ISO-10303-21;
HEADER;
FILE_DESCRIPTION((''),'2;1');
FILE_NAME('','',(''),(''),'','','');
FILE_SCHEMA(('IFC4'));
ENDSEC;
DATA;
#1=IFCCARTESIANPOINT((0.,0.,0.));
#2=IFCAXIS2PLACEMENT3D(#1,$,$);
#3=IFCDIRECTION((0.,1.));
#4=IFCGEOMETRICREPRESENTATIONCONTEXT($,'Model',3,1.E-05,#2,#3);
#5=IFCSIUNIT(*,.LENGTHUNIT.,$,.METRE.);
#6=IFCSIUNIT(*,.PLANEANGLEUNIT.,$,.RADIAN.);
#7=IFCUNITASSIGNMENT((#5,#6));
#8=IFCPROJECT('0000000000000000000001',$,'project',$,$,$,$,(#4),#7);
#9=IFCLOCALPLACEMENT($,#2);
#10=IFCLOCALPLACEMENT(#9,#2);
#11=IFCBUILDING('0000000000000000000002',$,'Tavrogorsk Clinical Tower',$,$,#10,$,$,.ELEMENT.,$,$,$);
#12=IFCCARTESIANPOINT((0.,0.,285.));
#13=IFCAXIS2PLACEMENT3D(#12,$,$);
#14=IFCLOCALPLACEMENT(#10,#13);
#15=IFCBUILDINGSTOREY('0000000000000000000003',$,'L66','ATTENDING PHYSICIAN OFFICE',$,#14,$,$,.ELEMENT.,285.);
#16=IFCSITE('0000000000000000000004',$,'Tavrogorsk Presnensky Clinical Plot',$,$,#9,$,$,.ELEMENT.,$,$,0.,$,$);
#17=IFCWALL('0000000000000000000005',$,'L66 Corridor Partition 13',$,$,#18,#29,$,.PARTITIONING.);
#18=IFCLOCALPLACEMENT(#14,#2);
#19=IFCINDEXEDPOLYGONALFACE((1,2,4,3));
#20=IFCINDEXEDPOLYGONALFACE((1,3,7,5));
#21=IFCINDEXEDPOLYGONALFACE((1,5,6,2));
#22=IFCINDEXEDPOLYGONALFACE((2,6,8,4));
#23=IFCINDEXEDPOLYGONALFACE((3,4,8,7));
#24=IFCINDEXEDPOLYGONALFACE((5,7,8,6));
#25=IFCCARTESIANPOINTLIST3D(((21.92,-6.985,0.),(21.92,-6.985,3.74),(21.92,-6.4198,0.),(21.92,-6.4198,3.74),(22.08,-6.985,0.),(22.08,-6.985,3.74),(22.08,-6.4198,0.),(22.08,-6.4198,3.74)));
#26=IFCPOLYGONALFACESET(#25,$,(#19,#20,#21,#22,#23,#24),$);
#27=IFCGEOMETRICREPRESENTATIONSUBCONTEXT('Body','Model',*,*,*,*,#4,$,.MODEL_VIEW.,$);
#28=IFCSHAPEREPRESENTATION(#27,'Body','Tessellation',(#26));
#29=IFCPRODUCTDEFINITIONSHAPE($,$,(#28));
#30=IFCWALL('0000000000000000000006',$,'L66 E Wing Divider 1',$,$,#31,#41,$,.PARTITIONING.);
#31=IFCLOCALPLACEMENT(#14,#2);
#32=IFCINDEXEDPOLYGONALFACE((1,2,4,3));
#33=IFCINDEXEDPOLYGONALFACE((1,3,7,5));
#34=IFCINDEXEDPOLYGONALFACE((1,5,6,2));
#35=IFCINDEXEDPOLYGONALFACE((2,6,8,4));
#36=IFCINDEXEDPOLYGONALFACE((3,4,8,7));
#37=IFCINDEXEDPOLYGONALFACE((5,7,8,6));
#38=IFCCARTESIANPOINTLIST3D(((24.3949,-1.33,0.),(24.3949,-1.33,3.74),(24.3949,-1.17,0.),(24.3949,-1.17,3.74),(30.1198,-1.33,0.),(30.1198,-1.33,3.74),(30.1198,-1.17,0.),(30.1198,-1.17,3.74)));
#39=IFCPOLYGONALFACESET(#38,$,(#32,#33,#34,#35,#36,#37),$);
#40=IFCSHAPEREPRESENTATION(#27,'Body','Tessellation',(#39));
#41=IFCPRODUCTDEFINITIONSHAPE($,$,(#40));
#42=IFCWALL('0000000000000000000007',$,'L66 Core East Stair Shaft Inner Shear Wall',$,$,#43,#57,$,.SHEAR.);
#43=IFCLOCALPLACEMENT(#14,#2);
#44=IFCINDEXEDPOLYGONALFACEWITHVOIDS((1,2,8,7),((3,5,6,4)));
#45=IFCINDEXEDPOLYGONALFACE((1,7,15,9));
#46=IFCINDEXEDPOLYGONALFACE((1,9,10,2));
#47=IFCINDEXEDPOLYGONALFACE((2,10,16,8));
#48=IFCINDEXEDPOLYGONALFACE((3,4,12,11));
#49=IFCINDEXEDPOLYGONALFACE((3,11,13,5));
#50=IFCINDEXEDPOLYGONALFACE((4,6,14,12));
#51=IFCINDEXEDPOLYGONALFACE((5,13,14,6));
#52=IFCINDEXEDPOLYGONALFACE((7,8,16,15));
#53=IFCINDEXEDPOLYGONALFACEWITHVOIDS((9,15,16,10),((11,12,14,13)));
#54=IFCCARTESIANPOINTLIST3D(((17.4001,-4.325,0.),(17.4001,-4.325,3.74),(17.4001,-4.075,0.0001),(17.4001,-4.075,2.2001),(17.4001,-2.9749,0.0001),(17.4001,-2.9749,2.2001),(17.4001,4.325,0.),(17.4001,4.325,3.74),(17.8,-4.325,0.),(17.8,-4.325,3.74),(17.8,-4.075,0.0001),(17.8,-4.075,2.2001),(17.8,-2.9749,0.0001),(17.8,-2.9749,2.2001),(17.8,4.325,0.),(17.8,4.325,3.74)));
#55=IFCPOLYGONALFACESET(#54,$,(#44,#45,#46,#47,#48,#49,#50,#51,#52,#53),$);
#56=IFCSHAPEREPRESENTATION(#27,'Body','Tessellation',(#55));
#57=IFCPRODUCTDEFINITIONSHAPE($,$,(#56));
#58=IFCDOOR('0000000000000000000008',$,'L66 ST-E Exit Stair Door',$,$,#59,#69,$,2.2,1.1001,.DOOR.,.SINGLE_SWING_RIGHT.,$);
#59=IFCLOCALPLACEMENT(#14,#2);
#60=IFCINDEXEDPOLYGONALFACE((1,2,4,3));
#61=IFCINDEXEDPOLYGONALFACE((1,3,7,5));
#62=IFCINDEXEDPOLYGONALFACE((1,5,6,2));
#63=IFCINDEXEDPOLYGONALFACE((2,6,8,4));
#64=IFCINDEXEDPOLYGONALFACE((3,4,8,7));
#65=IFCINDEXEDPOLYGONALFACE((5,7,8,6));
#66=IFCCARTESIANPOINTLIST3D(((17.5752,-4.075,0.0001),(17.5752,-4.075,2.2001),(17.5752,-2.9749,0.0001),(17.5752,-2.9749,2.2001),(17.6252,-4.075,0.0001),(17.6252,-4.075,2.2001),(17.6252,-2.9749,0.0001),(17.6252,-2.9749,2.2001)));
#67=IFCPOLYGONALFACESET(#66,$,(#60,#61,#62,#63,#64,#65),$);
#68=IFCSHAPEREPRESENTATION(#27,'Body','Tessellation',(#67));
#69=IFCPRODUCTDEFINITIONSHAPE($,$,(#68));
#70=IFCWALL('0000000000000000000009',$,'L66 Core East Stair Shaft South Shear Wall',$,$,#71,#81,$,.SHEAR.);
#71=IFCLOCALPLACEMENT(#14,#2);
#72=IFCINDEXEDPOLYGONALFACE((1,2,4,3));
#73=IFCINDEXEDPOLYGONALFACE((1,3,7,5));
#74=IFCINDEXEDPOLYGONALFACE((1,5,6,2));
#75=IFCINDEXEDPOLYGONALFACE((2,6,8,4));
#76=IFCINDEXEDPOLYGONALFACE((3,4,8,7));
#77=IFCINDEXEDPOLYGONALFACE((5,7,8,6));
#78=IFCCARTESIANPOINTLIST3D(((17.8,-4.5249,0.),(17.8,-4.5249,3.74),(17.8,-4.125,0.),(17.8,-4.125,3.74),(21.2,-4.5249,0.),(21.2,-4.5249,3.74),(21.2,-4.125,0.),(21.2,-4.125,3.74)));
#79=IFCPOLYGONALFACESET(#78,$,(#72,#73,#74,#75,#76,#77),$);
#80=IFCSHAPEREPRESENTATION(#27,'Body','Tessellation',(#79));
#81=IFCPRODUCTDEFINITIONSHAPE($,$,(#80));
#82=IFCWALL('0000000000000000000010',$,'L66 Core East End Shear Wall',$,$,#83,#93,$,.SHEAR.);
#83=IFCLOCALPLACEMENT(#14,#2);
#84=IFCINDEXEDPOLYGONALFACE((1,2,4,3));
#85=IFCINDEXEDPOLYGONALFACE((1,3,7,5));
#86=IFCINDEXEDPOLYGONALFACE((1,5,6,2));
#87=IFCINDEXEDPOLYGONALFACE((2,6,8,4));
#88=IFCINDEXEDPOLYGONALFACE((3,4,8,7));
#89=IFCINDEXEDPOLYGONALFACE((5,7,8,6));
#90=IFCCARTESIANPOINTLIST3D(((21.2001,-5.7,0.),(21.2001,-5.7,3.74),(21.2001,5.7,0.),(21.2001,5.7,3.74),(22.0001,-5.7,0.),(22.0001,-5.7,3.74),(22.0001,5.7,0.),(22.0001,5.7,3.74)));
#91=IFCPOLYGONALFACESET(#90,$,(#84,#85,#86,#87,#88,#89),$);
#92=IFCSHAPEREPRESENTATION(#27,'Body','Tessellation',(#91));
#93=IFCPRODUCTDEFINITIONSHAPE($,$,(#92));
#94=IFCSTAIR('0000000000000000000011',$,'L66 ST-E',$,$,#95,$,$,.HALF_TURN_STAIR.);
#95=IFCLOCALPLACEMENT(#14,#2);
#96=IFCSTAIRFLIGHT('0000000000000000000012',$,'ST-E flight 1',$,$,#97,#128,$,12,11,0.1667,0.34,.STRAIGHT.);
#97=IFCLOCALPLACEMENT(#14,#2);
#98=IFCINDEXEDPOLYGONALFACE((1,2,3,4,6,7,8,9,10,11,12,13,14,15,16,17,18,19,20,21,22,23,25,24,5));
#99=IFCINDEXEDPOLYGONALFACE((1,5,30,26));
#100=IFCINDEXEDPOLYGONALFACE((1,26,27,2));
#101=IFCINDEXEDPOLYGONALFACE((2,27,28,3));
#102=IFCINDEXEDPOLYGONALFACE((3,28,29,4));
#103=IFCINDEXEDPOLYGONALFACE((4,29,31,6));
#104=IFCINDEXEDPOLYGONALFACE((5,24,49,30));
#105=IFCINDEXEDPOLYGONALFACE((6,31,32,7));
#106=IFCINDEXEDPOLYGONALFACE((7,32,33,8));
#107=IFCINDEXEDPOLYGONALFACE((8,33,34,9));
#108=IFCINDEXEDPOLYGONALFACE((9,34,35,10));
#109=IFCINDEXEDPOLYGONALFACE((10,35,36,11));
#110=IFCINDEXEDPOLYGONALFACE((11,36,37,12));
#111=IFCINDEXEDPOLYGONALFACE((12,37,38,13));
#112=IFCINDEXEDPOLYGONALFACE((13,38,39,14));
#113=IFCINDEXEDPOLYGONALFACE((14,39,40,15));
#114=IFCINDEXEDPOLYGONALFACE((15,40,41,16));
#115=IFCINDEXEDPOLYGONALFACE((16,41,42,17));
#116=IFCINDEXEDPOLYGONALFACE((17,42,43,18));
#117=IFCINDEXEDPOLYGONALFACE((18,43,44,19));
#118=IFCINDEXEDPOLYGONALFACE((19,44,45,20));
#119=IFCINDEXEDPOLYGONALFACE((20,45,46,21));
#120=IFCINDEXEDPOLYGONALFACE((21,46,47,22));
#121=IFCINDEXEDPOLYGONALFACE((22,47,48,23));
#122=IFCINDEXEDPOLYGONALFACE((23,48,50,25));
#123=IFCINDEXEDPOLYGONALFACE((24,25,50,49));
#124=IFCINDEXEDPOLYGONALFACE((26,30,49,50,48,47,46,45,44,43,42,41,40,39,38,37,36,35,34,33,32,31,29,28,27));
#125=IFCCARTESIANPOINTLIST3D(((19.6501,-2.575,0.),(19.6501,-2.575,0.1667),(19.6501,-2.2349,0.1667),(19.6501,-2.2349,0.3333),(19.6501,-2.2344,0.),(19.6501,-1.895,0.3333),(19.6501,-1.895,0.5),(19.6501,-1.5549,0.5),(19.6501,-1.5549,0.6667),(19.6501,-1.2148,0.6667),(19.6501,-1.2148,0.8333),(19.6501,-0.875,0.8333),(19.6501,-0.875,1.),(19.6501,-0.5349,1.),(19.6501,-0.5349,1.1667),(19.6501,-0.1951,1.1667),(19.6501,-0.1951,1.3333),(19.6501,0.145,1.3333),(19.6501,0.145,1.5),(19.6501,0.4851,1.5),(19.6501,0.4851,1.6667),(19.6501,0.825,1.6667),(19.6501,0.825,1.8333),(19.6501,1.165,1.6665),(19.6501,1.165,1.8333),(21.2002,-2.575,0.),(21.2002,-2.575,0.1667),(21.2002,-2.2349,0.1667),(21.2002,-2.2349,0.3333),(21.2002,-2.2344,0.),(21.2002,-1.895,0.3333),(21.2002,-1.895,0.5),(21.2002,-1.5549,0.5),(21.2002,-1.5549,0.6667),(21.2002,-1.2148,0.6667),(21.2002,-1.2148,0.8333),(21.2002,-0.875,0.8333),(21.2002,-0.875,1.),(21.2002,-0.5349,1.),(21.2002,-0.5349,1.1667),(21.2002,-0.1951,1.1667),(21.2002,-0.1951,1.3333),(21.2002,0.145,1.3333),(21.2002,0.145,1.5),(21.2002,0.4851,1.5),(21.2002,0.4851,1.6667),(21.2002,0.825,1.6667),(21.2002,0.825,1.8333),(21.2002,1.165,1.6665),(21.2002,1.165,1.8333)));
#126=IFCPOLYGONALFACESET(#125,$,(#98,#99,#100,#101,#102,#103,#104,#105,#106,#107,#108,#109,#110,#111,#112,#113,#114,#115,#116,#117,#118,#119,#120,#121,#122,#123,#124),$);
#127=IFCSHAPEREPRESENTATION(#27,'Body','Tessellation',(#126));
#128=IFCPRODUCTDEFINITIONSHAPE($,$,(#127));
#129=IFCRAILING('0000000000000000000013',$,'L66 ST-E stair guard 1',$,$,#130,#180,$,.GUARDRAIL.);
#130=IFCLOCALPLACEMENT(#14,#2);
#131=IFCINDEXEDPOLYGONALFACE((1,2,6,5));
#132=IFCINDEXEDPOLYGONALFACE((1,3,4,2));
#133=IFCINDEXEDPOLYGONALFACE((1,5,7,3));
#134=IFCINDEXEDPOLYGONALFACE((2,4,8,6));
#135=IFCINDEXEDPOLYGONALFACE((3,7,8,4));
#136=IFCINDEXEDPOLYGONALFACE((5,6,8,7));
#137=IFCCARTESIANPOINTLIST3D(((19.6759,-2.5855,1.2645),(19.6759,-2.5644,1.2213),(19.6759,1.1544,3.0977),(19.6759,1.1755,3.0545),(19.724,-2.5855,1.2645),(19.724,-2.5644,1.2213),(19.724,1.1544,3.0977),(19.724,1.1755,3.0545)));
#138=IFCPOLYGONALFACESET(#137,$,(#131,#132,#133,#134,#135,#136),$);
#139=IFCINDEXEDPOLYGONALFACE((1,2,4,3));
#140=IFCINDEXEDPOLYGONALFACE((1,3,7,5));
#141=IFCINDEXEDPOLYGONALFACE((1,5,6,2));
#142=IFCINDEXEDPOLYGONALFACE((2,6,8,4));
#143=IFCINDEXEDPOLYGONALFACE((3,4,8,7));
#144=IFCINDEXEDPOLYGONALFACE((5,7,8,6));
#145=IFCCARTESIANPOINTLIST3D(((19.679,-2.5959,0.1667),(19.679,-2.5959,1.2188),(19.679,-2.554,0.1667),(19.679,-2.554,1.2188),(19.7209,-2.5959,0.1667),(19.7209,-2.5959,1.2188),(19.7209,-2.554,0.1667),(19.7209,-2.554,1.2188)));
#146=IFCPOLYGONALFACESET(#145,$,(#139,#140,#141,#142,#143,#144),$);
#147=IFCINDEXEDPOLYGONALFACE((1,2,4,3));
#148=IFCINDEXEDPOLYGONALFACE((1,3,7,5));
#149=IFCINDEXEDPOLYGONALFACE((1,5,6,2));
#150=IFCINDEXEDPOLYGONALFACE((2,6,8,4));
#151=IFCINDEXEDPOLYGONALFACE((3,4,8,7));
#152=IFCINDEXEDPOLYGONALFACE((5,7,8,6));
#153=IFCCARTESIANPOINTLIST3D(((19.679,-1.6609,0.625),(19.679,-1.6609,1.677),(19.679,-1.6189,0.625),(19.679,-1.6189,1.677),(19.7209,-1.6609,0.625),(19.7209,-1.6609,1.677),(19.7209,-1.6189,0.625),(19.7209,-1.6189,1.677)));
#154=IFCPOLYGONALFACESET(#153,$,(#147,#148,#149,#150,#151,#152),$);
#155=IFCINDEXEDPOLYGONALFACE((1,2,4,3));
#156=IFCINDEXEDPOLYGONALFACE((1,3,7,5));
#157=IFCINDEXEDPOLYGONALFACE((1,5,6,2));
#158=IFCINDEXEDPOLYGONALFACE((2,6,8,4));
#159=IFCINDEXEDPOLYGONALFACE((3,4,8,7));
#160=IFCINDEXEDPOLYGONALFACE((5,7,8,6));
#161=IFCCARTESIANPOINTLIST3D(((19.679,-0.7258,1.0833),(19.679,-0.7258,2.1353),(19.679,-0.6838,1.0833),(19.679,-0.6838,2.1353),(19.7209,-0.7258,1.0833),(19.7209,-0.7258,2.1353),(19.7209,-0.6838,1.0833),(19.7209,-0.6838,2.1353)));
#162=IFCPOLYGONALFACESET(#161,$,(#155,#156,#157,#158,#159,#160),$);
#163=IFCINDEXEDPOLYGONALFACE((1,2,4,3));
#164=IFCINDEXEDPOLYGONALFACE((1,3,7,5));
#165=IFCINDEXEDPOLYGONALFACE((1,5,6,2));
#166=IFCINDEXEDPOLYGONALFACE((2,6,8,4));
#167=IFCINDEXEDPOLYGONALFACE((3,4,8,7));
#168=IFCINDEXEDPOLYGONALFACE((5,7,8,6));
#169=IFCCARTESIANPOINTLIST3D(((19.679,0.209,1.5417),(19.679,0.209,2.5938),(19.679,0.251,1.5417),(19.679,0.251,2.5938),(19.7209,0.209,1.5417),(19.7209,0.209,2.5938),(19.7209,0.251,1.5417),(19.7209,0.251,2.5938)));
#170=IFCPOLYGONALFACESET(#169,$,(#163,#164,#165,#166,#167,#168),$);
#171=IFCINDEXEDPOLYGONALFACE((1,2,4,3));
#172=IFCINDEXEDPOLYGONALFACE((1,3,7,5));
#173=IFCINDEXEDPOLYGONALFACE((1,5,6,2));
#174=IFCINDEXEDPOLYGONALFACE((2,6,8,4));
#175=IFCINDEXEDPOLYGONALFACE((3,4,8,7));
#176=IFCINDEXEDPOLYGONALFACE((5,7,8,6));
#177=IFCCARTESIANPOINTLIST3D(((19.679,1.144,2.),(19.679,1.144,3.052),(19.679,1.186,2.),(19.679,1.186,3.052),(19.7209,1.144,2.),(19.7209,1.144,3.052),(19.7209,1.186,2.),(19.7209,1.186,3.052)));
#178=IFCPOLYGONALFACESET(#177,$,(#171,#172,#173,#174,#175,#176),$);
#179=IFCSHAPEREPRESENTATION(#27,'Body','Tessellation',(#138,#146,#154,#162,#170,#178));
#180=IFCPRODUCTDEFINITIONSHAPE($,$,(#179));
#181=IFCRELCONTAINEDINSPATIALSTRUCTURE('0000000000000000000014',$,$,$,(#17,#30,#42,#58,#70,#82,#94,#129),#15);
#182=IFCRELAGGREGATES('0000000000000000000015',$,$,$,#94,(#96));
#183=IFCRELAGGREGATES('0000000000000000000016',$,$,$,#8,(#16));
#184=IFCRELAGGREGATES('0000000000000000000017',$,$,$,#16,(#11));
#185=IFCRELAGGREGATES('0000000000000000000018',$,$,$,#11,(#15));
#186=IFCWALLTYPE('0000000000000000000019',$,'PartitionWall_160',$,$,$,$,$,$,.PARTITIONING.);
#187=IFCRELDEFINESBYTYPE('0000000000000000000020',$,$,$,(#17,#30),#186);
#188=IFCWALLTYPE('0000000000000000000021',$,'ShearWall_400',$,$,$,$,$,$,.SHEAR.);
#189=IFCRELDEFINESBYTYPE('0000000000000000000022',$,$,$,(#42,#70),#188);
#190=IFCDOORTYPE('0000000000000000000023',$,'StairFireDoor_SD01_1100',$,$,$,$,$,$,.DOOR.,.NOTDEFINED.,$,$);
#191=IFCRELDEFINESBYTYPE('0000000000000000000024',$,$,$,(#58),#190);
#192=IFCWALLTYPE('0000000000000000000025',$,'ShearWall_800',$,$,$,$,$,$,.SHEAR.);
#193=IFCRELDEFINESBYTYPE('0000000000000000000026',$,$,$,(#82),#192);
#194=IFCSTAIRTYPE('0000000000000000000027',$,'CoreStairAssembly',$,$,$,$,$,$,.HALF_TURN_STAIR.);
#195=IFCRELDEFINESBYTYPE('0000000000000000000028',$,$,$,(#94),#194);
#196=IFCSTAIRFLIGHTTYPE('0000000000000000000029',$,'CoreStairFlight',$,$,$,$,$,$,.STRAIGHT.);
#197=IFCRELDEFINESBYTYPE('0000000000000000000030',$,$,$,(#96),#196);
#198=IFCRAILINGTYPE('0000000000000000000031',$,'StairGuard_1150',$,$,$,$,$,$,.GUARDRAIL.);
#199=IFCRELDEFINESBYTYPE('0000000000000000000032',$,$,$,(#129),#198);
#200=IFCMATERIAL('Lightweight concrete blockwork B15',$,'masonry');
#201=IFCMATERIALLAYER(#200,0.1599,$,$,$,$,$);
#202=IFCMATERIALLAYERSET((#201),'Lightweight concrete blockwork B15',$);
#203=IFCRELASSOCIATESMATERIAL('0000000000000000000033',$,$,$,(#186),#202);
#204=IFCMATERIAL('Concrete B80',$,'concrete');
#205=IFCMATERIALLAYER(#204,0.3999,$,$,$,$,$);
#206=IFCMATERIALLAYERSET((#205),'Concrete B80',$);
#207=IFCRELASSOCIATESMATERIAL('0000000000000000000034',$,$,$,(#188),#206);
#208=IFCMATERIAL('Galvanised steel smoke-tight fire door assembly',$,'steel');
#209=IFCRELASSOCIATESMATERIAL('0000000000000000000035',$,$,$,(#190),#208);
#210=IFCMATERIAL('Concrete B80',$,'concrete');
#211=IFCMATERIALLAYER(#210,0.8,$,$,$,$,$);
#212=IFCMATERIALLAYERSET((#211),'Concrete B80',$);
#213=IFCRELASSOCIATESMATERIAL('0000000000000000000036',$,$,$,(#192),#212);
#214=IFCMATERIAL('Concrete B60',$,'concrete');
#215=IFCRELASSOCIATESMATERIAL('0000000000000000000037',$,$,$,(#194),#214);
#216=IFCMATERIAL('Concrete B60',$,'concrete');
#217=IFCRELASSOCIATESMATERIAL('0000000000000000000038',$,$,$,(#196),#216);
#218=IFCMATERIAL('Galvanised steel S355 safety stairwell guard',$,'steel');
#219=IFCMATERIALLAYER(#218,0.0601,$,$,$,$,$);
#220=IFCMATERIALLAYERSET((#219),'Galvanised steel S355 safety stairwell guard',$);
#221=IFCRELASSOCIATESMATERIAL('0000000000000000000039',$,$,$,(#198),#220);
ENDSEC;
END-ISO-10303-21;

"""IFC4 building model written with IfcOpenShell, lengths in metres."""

from ifc_helpers import new_model, si_unit, direction, frame, frame_2d, origin, origin_2d, place, context, subcontext, project, spatial, polyline, rectangle, outline, extrude, material, layer, layer_set, type_object, element, fill, aggregate, save


model = new_model("IFC4")

# Units and contexts
model_context = context("Model", 3, precision=1e-05, world=origin(), true_north=direction((0.0, 1.0)))
body_context = subcontext(model_context, "Body", "Model", "MODEL_VIEW")
ifc_project = project(units=[si_unit("LENGTHUNIT", "METRE"), si_unit("PLANEANGLEUNIT", "RADIAN")], contexts=[model_context])

# Site, building, storey
site_placement = place(None, origin())
site = spatial("IfcSite", under=ifc_project, at=site_placement, Name="Tavrogorsk Presnensky Clinical Plot", CompositionType="ELEMENT", RefElevation=0.0)
building_placement = place(site_placement, origin())
building = spatial("IfcBuilding", under=site, at=building_placement, Name="Tavrogorsk Clinical Tower", CompositionType="ELEMENT")
storey_placement = place(building_placement, frame((0.0, 0.0, 285.0)))
storey = spatial("IfcBuildingStorey", under=building, at=storey_placement, Name="L66", Description="ATTENDING PHYSICIAN OFFICE", CompositionType="ELEMENT", Elevation=285.0)

# Shared definitions
ifc_material_1 = material(Name="Lightweight concrete blockwork B15", Category="masonry")
ifc_layer_1 = layer(ifc_material_1, 0.1599)
ifc_layer_set_1 = layer_set([ifc_layer_1], Name="Lightweight concrete blockwork B15")
wall_type_1 = type_object("IfcWallType", Name="PartitionWall_160", PredefinedType="PARTITIONING", material=ifc_layer_set_1)

# Walls
wall_1_placement = place(storey_placement, frame((22.0, -6.9851, 0.0), z_axis=(0.0, 0.0, 1.0), x_axis=(0.0, 1.0, 0.0)))
element("IfcWall", 1, at=wall_1_placement, inside=storey, type_object=wall_type_1, Name="L66 Corridor Partition 13", PredefinedType="PARTITIONING", context=body_context, shape_type="SweptSolid", body=[
    extrude(rectangle(XDim=0.5652, YDim=0.1599, at=frame_2d((0.2827, 0.0))), origin(), (0.0, 0.0, 1.0), 3.74),
])
wall_2_placement = place(storey_placement, frame((24.395, -1.25, 0.0), z_axis=(0.0, 0.0, 1.0), x_axis=(1.0, 0.0, 0.0)))
element("IfcWall", 2, at=wall_2_placement, inside=storey, type_object=wall_type_1, Name="L66 E Wing Divider 1", PredefinedType="PARTITIONING", context=body_context, shape_type="SweptSolid", body=[
    extrude(rectangle(XDim=5.7249, YDim=0.1599, at=frame_2d((2.8623, 0.0))), origin(), (0.0, 0.0, 1.0), 3.74),
])

# Wall, opening, door
ifc_material_2 = material(Name="Concrete B80", Category="concrete")
ifc_layer_2 = layer(ifc_material_2, 0.3999)
ifc_layer_set_2 = layer_set([ifc_layer_2], Name="Concrete B80")
wall_type_2 = type_object("IfcWallType", Name="ShearWall_400", PredefinedType="SHEAR", material=ifc_layer_set_2)
wall_3_placement = place(storey_placement, frame((17.6001, -4.325, 0.0), z_axis=(0.0, 0.0, 1.0), x_axis=(0.0, 1.0, 0.0)))
wall_3 = element("IfcWall", 3, at=wall_3_placement, inside=storey, type_object=wall_type_2, Name="L66 Core East Stair Shaft Inner Shear Wall", PredefinedType="SHEAR", context=body_context, shape_type="SweptSolid", body=[
    extrude(rectangle(XDim=8.6499, YDim=0.3999, at=frame_2d((4.325, 0.0))), origin(), (0.0, 0.0, 1.0), 3.74),
])
opening_1_placement = place(wall_3_placement, frame((0.25, 0.0, 0.0)))
opening_1 = element("IfcOpeningElement", 4, at=opening_1_placement, cuts=wall_3, PredefinedType="OPENING", context=body_context, shape_type="SweptSolid", body=[
    extrude(rectangle(XDim=1.1001, YDim=2.2, at=frame_2d((0.55, 1.1001))), frame((0.0, 0.21, 0.0), z_axis=(0.0, -1.0, 0.0), x_axis=(1.0, 0.0, 0.0)), (0.0, 0.0, 1.0), 0.4199),
])
ifc_material_3 = material(Name="Galvanised steel smoke-tight fire door assembly", Category="steel")
door_type_1 = type_object("IfcDoorType", Name="StairFireDoor_SD01_1100", OperationType="NOTDEFINED", PredefinedType="DOOR", material=ifc_material_3)
door_1_placement = place(opening_1_placement, origin())
door_1 = element("IfcDoor", 5, at=door_1_placement, inside=storey, type_object=door_type_1, Name="L66 ST-E Exit Stair Door", OperationType="SINGLE_SWING_RIGHT", OverallHeight=2.2, OverallWidth=1.1001, PredefinedType="DOOR", context=body_context, shape_type="SweptSolid", body=[
    extrude(rectangle(XDim=1.1001, YDim=2.2, at=frame_2d((0.55, 1.1001))), frame((0.0, 0.0249, 0.0), z_axis=(0.0, -1.0, 0.0), x_axis=(1.0, 0.0, 0.0)), (0.0, 0.0, 1.0), 0.05),
])
fill(opening_1, door_1)

# Walls
wall_4_placement = place(storey_placement, frame((17.8, -4.325, 0.0), z_axis=(0.0, 0.0, 1.0), x_axis=(1.0, 0.0, 0.0)))
element("IfcWall", 6, at=wall_4_placement, inside=storey, type_object=wall_type_2, Name="L66 Core East Stair Shaft South Shear Wall", PredefinedType="SHEAR", context=body_context, shape_type="SweptSolid", body=[
    extrude(rectangle(XDim=3.3999, YDim=0.3999, at=frame_2d((1.7, 0.0))), origin(), (0.0, 0.0, 1.0), 3.74),
])
ifc_material_4 = material(Name="Concrete B80", Category="concrete")
ifc_layer_3 = layer(ifc_material_4, 0.8)
ifc_layer_set_3 = layer_set([ifc_layer_3], Name="Concrete B80")
wall_type_3 = type_object("IfcWallType", Name="ShearWall_800", PredefinedType="SHEAR", material=ifc_layer_set_3)
wall_5_placement = place(storey_placement, frame((21.6001, -5.7, 0.0), z_axis=(0.0, 0.0, 1.0), x_axis=(0.0, 1.0, 0.0)))
element("IfcWall", 7, at=wall_5_placement, inside=storey, type_object=wall_type_3, Name="L66 Core East End Shear Wall", PredefinedType="SHEAR", context=body_context, shape_type="SweptSolid", body=[
    extrude(rectangle(XDim=11.3999, YDim=0.8, at=frame_2d((5.7, 0.0))), origin(), (0.0, 0.0, 1.0), 3.74),
])

# Stair, stair flight
ifc_material_5 = material(Name="Concrete B60", Category="concrete")
stair_type = type_object("IfcStairType", Name="CoreStairAssembly", PredefinedType="HALF_TURN_STAIR", material=ifc_material_5)
stair_placement = place(storey_placement, origin())
stair = element("IfcStair", 8, at=stair_placement, inside=storey, type_object=stair_type, Name="L66 ST-E", PredefinedType="HALF_TURN_STAIR")
ifc_material_6 = material(Name="Concrete B60", Category="concrete")
stair_flight_type = type_object("IfcStairFlightType", Name="CoreStairFlight", PredefinedType="STRAIGHT", material=ifc_material_6)
stair_flight_placement = place(storey_placement, frame((20.425, -2.575, 0.0), z_axis=(0.0, 0.0, 1.0), x_axis=(0.0, 1.0, 0.0)))
stair_flight = element("IfcStairFlight", 9, at=stair_flight_placement, type_object=stair_flight_type, Name="ST-E flight 1", NumberOfRisers=12, NumberOfTreads=11, PredefinedType="STRAIGHT", RiserHeight=0.1667, TreadLength=0.34, context=body_context, shape_type="SweptSolid", body=[
    extrude(outline(polyline([(0.0, 0.0), (0.0, 0.1667), (0.3401, 0.1667), (0.3401, 0.3333), (0.6799, 0.3333), (0.6799, 0.5), (1.02, 0.5), (1.02, 0.6667), (1.3601, 0.6667), (1.3601, 0.8333), (1.7, 0.8333), (1.7, 1.0), (2.04, 1.0), (2.04, 1.1667), (2.3799, 1.1667), (2.3799, 1.3333), (2.72, 1.3333), (2.72, 1.5), (3.0601, 1.5), (3.0601, 1.6667), (3.3999, 1.6667), (3.3999, 1.8333), (3.74, 1.8333), (3.74, 2.0), (3.74, 1.6665), (0.3406, 0.0), (0.0, 0.0)])), frame((0.0, 0.7749, 0.0), z_axis=(0.0, -1.0, 0.0), x_axis=(1.0, 0.0, 0.0)), (0.0, 0.0, 1.0), 1.55),
])
aggregate(stair, [stair_flight])

# Railing
ifc_material_7 = material(Name="Galvanised steel S355 safety stairwell guard", Category="steel")
ifc_layer_4 = layer(ifc_material_7, 0.0601)
ifc_layer_set_4 = layer_set([ifc_layer_4], Name="Galvanised steel S355 safety stairwell guard")
railing_type_1 = type_object("IfcRailingType", Name="StairGuard_1150", PredefinedType="GUARDRAIL", material=ifc_layer_set_4)
railing_1_placement = place(storey_placement, frame((19.7, -2.575, 0.1667)))
element("IfcRailing", 10, at=railing_1_placement, inside=storey, type_object=railing_type_1, Name="L66 ST-E stair guard 1", PredefinedType="GUARDRAIL", context=body_context, shape_type="SweptSolid", body=[
    extrude(rectangle(XDim=0.0481, YDim=0.0481, at=origin_2d()), frame((0.0, 0.0, 1.0762), z_axis=(0.0, 0.897928, 0.440142), x_axis=(-1.0, 0.0, 0.0)), (0.0, 0.0, 1.0), 4.165),
    extrude(rectangle(XDim=0.042, YDim=0.042, at=origin_2d()), origin(), (0.0, 0.0, 1.0), 1.052),
    extrude(rectangle(XDim=0.042, YDim=0.042, at=origin_2d()), frame((0.0, 0.9351, 0.4583)), (0.0, 0.0, 1.0), 1.052),
    extrude(rectangle(XDim=0.042, YDim=0.042, at=origin_2d()), frame((0.0, 1.8701, 0.9165)), (0.0, 0.0, 1.0), 1.052),
    extrude(rectangle(XDim=0.042, YDim=0.042, at=origin_2d()), frame((0.0, 2.8049, 1.375)), (0.0, 0.0, 1.0), 1.052),
    extrude(rectangle(XDim=0.042, YDim=0.042, at=origin_2d()), frame((0.0, 3.74, 1.8333)), (0.0, 0.0, 1.0), 1.052),
])

save(model, "model.ifc")
